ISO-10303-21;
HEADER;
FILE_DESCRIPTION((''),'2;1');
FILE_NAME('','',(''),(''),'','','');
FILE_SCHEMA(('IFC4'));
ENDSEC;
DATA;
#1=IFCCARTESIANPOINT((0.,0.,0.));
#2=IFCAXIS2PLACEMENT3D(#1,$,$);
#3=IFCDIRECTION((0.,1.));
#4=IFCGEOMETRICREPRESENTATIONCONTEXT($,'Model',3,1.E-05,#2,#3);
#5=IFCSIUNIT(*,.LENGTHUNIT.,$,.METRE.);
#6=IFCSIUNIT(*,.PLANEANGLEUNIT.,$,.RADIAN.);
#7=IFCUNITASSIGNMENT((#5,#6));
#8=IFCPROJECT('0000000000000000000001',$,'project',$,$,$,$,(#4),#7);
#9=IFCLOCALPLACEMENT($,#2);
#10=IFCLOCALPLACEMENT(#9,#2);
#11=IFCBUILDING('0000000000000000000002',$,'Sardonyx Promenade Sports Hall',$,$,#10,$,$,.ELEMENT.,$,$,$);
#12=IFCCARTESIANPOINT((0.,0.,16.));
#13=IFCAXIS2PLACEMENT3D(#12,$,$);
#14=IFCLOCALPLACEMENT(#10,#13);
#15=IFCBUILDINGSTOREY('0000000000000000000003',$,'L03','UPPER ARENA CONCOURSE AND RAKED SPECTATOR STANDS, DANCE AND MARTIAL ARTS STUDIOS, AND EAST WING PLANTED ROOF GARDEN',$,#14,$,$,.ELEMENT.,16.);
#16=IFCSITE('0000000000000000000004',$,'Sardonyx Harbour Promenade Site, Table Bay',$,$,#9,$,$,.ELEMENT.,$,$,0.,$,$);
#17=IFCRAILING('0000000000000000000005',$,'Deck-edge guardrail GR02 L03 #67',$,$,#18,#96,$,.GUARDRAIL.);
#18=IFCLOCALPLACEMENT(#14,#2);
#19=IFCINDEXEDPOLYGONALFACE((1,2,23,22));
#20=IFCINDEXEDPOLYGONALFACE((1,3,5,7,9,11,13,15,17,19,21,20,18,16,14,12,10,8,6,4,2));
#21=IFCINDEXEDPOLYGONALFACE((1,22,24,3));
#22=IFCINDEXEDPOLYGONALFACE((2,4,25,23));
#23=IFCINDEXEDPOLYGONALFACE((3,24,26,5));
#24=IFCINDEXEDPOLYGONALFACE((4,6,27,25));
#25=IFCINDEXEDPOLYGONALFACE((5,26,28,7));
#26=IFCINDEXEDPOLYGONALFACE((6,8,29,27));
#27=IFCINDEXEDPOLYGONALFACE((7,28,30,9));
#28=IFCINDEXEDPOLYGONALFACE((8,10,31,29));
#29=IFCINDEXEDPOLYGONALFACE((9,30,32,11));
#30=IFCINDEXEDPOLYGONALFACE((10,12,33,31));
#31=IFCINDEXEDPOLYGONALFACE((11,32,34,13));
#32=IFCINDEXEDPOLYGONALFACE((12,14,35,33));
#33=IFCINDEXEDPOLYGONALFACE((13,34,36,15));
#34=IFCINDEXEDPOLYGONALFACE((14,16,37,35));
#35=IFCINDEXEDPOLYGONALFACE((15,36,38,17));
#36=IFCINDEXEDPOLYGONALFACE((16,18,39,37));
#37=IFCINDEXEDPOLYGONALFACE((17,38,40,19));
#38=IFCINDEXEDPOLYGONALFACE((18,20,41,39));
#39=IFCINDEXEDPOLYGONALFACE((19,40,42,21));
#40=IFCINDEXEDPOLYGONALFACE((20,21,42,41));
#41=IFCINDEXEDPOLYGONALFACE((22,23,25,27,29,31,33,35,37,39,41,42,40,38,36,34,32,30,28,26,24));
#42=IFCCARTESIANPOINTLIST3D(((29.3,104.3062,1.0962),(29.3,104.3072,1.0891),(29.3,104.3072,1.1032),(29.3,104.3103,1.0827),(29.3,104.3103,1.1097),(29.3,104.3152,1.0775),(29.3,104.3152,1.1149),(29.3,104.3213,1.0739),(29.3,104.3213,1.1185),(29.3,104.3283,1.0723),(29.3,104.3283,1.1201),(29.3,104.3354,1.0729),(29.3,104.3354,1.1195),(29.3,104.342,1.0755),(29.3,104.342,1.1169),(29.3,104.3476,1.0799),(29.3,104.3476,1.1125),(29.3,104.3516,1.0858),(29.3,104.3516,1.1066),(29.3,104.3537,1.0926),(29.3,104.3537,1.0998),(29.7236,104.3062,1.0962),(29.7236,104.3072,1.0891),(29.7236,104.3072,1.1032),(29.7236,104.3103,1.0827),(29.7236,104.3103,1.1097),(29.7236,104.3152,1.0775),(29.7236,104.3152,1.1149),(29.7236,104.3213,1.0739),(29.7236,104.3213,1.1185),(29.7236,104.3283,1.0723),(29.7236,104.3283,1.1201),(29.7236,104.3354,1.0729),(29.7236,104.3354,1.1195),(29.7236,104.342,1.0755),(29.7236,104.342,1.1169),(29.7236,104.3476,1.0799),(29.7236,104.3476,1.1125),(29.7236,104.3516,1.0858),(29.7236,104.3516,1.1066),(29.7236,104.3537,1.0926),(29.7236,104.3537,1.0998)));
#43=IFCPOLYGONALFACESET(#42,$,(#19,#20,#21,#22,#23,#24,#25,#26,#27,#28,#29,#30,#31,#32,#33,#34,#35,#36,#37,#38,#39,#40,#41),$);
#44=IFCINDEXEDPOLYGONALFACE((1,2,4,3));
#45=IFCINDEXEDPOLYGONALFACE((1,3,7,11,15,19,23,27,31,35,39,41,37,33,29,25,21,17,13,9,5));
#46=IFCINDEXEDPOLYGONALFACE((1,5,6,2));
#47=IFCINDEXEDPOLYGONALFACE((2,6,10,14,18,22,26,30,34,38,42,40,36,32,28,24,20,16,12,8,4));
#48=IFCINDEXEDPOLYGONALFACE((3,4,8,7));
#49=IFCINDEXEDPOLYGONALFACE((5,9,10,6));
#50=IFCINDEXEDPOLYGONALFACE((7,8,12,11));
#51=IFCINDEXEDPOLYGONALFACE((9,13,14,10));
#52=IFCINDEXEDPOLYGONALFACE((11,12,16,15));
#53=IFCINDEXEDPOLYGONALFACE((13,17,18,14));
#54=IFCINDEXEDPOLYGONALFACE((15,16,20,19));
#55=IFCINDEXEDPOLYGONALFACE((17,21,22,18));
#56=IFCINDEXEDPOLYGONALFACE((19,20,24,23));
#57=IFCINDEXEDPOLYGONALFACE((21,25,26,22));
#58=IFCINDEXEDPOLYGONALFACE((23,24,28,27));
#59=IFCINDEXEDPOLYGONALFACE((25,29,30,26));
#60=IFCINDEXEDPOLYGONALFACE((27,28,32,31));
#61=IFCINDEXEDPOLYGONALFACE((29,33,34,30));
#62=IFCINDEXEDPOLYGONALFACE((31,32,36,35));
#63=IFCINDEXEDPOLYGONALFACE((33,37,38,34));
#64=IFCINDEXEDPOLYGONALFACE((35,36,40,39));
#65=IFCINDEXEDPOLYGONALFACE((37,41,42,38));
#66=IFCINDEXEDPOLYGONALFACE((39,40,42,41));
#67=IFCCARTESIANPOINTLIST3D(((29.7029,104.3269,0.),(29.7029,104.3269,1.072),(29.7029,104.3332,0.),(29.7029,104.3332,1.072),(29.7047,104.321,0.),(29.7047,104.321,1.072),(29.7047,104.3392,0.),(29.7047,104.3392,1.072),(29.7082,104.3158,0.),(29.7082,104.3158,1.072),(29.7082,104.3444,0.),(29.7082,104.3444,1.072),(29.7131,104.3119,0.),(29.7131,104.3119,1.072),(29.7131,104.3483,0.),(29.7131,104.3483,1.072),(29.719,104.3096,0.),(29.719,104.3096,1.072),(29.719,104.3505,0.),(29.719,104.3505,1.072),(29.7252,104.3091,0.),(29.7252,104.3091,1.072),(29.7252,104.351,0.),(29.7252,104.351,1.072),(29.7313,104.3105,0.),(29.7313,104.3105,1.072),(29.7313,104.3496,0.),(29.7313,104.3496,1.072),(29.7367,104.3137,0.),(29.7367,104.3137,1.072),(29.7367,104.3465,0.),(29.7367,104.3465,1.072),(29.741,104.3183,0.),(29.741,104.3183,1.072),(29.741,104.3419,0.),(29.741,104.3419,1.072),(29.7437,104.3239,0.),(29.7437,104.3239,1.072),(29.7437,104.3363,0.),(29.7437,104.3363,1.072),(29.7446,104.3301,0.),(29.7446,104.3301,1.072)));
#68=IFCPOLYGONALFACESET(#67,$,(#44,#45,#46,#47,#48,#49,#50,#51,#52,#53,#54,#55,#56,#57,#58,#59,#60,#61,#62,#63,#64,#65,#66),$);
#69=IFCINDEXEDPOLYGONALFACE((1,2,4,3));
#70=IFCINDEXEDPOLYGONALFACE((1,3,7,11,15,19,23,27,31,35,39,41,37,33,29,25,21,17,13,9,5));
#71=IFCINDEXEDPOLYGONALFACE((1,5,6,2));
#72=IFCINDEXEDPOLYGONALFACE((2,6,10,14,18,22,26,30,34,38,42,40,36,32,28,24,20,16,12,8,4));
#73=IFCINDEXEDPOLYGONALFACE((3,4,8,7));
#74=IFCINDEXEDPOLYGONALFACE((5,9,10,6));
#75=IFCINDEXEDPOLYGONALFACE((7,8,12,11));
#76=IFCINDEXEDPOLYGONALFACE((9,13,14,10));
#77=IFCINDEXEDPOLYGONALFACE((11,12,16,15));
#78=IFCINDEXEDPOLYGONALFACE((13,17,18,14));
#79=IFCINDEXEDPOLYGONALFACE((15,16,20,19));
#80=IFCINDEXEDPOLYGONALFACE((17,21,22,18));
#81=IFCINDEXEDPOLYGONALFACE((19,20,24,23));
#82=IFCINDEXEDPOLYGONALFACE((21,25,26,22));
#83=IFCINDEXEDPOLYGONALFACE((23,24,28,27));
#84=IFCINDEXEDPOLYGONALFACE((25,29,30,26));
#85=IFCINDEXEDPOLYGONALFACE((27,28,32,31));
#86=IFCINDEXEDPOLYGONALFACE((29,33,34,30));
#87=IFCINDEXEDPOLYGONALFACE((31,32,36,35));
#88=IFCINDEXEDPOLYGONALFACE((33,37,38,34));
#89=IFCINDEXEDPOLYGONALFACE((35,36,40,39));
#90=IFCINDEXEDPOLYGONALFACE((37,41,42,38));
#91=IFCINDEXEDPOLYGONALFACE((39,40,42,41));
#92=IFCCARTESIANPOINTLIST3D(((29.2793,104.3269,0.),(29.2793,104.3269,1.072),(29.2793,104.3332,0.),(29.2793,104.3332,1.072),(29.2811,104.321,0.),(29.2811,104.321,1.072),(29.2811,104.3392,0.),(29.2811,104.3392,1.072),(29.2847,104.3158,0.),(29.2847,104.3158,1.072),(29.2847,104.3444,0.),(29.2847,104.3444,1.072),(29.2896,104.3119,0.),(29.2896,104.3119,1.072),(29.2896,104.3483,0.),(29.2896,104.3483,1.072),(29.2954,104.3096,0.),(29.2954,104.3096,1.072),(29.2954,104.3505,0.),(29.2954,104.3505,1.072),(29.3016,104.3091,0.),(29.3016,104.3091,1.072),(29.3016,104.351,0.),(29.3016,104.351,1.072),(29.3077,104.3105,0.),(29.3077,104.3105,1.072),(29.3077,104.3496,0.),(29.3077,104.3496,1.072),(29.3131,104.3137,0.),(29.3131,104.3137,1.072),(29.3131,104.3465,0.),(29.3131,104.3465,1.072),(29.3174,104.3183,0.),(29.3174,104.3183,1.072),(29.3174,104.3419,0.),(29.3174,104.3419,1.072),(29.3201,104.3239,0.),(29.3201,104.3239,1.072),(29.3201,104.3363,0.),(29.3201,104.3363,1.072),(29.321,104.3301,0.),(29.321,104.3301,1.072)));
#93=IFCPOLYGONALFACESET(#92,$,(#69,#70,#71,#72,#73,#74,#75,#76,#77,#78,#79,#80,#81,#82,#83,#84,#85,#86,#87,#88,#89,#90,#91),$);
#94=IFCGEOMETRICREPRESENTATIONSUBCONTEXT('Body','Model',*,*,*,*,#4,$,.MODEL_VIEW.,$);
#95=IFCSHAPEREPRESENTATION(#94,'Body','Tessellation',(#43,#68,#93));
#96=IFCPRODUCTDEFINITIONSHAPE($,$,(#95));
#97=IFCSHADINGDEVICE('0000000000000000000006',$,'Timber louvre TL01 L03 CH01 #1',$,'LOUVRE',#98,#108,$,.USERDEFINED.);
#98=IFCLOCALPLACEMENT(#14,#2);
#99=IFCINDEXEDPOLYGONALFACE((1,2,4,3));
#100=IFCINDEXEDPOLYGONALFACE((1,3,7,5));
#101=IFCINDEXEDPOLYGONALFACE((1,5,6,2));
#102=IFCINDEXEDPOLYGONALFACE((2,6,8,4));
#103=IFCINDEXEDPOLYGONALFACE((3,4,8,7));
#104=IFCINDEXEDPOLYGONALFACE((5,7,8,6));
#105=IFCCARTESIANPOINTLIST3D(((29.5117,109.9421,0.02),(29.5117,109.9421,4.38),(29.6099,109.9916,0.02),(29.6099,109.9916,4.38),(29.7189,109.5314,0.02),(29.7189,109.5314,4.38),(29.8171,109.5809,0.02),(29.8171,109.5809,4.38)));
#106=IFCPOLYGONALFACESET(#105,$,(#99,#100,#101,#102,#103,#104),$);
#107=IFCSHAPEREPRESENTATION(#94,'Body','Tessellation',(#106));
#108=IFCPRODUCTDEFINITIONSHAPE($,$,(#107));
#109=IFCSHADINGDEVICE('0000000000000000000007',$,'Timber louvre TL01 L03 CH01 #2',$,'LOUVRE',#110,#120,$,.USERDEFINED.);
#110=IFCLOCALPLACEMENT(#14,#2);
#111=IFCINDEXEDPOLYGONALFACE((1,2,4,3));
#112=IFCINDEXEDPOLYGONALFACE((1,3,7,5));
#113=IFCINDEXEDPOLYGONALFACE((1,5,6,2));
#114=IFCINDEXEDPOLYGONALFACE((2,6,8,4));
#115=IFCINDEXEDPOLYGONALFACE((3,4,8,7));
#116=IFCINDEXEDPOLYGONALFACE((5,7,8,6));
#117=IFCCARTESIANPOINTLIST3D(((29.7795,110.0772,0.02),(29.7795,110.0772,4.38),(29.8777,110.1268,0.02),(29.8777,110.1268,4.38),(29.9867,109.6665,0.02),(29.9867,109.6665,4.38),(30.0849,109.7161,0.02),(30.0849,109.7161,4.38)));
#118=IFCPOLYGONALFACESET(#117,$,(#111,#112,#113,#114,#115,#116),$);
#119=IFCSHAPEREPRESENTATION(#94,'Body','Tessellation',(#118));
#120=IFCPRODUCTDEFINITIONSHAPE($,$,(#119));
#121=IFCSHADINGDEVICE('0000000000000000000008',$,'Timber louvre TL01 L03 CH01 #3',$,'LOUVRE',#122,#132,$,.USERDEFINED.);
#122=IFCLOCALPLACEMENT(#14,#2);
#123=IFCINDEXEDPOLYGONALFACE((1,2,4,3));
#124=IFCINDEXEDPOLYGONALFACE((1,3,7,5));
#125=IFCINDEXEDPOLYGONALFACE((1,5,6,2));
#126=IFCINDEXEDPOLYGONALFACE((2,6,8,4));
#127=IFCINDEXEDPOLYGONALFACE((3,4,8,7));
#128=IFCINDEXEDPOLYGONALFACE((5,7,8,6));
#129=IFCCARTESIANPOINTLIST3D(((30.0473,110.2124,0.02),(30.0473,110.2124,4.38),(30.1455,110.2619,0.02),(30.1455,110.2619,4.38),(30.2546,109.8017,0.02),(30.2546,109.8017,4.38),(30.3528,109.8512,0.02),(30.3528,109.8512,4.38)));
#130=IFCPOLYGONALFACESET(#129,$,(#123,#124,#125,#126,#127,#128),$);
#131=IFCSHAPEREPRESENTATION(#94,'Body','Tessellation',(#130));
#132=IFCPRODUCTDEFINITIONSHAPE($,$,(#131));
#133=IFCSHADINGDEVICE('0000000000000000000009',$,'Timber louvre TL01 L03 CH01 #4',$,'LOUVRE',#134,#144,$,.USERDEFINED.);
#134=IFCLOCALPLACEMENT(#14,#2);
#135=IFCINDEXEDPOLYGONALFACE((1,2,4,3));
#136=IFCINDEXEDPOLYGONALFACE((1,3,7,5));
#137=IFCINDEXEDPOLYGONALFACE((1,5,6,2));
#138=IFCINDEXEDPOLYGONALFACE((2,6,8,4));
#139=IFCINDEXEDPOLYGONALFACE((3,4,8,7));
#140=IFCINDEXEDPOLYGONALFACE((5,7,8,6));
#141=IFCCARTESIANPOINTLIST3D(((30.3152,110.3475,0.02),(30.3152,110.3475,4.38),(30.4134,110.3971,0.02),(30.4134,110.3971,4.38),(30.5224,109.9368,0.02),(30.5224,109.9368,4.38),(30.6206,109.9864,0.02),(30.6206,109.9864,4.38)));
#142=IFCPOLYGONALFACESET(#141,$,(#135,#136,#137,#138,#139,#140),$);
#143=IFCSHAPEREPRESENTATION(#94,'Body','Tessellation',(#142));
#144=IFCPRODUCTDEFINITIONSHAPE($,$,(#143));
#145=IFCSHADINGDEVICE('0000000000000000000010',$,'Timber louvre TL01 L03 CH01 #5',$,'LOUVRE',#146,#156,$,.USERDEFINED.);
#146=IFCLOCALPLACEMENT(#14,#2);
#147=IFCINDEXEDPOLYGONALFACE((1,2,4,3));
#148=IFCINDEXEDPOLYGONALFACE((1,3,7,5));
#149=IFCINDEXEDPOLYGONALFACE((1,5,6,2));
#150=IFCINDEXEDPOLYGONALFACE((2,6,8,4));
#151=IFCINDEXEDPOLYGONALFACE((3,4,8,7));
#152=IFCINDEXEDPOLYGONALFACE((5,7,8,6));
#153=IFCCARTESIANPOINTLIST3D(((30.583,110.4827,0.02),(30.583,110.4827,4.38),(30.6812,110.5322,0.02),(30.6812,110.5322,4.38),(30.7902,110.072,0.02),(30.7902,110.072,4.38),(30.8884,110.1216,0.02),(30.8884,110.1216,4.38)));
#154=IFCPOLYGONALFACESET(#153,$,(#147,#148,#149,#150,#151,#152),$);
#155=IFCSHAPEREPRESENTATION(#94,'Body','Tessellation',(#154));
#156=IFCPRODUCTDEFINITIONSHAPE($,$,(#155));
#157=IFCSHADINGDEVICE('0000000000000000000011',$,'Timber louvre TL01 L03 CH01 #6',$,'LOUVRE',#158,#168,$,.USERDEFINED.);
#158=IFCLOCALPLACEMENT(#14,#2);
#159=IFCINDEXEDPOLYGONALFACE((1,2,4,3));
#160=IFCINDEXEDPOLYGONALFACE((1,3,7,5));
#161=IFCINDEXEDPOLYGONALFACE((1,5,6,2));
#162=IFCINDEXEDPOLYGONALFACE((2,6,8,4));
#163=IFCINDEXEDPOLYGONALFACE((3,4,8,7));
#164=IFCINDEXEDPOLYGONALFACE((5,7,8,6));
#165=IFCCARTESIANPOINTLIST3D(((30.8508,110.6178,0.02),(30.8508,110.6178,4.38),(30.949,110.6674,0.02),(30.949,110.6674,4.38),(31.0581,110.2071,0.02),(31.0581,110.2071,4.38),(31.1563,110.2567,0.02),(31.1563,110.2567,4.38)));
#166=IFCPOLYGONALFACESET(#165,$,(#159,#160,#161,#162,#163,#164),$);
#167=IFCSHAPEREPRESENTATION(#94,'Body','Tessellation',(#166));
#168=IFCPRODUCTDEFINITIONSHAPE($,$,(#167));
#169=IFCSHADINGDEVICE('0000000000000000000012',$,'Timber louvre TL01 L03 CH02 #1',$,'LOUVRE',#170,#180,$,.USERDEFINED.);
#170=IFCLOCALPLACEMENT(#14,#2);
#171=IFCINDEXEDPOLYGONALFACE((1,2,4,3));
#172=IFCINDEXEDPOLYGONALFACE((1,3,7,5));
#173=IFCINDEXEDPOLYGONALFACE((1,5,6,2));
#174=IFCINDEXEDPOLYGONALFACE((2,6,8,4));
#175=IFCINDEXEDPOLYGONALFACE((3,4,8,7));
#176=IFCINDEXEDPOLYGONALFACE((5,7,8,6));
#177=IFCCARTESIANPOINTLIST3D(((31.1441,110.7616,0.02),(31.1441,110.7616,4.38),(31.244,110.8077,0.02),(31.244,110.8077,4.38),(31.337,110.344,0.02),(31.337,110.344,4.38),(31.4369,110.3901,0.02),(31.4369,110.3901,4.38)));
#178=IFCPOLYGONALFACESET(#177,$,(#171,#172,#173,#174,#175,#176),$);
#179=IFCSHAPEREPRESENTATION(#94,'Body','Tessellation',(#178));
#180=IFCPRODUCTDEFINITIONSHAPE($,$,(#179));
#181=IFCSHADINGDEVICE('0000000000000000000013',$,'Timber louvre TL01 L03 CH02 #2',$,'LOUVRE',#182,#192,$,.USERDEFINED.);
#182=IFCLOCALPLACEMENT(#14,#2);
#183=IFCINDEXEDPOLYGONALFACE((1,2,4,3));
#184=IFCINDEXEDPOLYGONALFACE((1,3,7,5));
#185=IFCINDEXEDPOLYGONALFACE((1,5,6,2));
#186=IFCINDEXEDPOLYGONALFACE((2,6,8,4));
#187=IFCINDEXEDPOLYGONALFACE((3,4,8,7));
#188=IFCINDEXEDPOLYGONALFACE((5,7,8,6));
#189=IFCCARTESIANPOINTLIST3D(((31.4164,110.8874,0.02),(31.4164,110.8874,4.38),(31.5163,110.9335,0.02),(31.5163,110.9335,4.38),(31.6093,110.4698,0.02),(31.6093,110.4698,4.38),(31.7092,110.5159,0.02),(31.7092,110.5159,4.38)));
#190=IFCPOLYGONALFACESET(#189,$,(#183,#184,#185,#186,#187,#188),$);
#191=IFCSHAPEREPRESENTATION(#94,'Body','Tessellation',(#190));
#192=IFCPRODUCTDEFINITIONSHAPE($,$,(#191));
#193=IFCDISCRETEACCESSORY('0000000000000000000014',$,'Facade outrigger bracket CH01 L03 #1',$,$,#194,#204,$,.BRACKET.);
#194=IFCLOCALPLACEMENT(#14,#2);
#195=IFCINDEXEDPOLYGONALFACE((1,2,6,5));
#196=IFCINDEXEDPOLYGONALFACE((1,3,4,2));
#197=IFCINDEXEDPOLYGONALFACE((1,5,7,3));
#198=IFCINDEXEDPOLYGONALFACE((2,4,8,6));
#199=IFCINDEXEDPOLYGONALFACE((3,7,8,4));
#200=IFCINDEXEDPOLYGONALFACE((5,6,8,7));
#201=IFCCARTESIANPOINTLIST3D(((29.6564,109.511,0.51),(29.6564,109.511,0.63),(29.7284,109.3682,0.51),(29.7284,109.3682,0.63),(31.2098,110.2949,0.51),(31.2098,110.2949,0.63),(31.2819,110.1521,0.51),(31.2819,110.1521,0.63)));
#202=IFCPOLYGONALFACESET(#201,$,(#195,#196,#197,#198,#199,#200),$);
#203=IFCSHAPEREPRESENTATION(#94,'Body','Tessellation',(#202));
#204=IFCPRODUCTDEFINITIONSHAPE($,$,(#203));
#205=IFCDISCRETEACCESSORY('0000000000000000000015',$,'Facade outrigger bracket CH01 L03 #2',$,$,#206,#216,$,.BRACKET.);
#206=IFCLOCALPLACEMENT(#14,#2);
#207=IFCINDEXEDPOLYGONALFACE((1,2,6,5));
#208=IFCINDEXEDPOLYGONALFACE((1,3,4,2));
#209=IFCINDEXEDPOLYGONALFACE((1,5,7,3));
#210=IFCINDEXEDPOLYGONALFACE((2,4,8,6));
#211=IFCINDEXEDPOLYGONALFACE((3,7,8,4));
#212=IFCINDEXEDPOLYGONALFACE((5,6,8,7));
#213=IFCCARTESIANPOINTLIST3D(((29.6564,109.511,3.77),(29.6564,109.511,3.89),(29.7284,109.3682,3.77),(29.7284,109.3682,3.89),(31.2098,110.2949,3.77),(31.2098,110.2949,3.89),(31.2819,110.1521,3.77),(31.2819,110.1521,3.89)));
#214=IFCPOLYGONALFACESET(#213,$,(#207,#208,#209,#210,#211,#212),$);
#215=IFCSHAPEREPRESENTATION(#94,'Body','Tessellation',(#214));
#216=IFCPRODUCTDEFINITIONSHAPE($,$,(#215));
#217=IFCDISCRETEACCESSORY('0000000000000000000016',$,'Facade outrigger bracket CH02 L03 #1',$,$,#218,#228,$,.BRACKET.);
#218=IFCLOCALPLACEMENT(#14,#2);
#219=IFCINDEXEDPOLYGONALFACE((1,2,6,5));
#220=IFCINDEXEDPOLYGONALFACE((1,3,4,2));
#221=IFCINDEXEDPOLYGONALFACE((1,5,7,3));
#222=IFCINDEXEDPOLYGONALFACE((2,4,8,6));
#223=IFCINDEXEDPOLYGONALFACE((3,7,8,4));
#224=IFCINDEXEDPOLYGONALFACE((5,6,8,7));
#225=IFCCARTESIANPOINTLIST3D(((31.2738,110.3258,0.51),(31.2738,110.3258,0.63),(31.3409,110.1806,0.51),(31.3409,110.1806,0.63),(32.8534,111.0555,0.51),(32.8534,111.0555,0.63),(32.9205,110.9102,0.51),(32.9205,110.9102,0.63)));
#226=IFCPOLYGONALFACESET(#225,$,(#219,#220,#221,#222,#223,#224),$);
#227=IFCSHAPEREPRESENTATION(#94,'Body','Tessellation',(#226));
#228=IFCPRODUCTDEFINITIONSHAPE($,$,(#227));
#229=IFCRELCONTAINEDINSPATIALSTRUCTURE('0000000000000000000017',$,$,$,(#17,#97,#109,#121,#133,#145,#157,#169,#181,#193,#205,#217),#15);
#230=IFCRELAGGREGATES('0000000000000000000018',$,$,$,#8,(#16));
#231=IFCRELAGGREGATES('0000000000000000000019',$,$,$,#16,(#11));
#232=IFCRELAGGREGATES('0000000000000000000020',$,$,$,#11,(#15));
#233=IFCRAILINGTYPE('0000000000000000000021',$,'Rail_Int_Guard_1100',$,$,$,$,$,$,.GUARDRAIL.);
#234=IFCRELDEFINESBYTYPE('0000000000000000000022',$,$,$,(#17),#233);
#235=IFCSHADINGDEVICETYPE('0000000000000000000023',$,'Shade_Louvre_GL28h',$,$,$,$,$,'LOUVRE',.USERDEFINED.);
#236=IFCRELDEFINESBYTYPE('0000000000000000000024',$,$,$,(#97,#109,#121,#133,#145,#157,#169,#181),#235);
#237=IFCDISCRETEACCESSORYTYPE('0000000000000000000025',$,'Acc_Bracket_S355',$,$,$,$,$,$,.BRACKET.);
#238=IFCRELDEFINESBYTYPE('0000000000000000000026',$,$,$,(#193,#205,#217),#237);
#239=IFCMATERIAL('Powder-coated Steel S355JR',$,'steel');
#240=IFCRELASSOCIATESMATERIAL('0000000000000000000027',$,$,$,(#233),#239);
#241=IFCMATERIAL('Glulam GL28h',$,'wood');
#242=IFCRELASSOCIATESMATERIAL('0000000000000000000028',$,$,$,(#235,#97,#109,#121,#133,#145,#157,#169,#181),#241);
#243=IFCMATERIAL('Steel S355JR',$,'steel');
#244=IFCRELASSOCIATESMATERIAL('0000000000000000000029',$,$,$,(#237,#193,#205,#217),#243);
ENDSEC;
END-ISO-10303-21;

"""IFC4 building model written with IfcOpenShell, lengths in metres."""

from ifc_helpers import new_model, si_unit, direction, frame, origin, origin_2d, place, context, subcontext, project, spatial, rectangle, circle, extrude, material, type_object, element, save


model = new_model("IFC4")

# Units and contexts
model_context = context("Model", 3, precision=1e-05, world=origin(), true_north=direction((0.0, 1.0)))
body_context = subcontext(model_context, "Body", "Model", "MODEL_VIEW")
ifc_project = project(units=[si_unit("LENGTHUNIT", "METRE"), si_unit("PLANEANGLEUNIT", "RADIAN")], contexts=[model_context])

# Site, building, storey
site_placement = place(None, origin())
site = spatial("IfcSite", under=ifc_project, at=site_placement, Name="Sardonyx Harbour Promenade Site, Table Bay", CompositionType="ELEMENT", RefElevation=0.0)
building_placement = place(site_placement, origin())
building = spatial("IfcBuilding", under=site, at=building_placement, Name="Sardonyx Promenade Sports Hall", CompositionType="ELEMENT")
storey_placement = place(building_placement, frame((0.0, 0.0, 16.0)))
storey = spatial("IfcBuildingStorey", under=building, at=storey_placement, Name="L03", Description="UPPER ARENA CONCOURSE AND RAKED SPECTATOR STANDS, DANCE AND MARTIAL ARTS STUDIOS, AND EAST WING PLANTED ROOF GARDEN", CompositionType="ELEMENT", Elevation=16.0)

# Railing
ifc_material_1 = material(Name="Powder-coated Steel S355JR", Category="steel")
railing_type = type_object("IfcRailingType", Name="Rail_Int_Guard_1100", PredefinedType="GUARDRAIL", material=ifc_material_1)
railing_placement = place(storey_placement, frame((29.7236, 104.3301, 0.0)))
element("IfcRailing", 1, at=railing_placement, inside=storey, type_object=railing_type, Name="Deck-edge guardrail GR02 L03 #67", PredefinedType="GUARDRAIL", context=body_context, shape_type="SweptSolid", body=[
    extrude(circle(Radius=0.0239, at=origin_2d()), frame((0.0, 0.0, 1.0962), z_axis=(-1.0, 0.0, 0.0), x_axis=(0.0, -1.0, 0.0)), (0.0, 0.0, 1.0), 0.4236),
    extrude(circle(Radius=0.021, at=origin_2d()), origin(), (0.0, 0.0, 1.0), 1.072),
    extrude(circle(Radius=0.021, at=origin_2d()), frame((-0.4236, 0.0, 0.0)), (0.0, 0.0, 1.0), 1.072),
])

# Shading devices
ifc_material_2 = material(Name="Glulam GL28h", Category="wood")
shading_device_type = type_object("IfcShadingDeviceType", Name="Shade_Louvre_GL28h", ElementType="LOUVRE", PredefinedType="USERDEFINED", material=ifc_material_2)
for number, where, z_axis, x_axis, name in (
    (2, (29.6644, 109.7615, 0.02), (0.0, 0.0, 1.0), (0.892774, 0.450505, 0.0), "Timber louvre TL01 L03 CH01 #1"),
    (3, (29.9322, 109.8967, 0.02), (0.0, 0.0, 1.0), (0.892774, 0.450505, 0.0), "Timber louvre TL01 L03 CH01 #2"),
    (4, (30.2001, 110.0318, 0.02), (0.0, 0.0, 1.0), (0.892774, 0.450505, 0.0), "Timber louvre TL01 L03 CH01 #3"),
    (5, (30.4679, 110.167, 0.02), (0.0, 0.0, 1.0), (0.892774, 0.450505, 0.0), "Timber louvre TL01 L03 CH01 #4"),
    (6, (30.7357, 110.3021, 0.02), (0.0, 0.0, 1.0), (0.892774, 0.450505, 0.0), "Timber louvre TL01 L03 CH01 #5"),
    (7, (31.0036, 110.4373, 0.02), (0.0, 0.0, 1.0), (0.892774, 0.450505, 0.0), "Timber louvre TL01 L03 CH01 #6"),
    (8, (31.2905, 110.5759, 0.02), (0.0, 0.0, 1.0), (0.907831, 0.419336, 0.0), "Timber louvre TL01 L03 CH02 #1"),
    (9, (31.5628, 110.7017, 0.02), (0.0, 0.0, 1.0), (0.907831, 0.419336, 0.0), "Timber louvre TL01 L03 CH02 #2"),
):
    element("IfcShadingDevice", number, at=place(storey_placement, frame(where, z_axis=z_axis, x_axis=x_axis)), inside=storey, type_object=shading_device_type, material=ifc_material_2, Name=name, ObjectType="LOUVRE", PredefinedType="USERDEFINED", context=body_context, shape_type="SweptSolid", body=[
        extrude(rectangle(XDim=0.11, YDim=0.46), origin(), (0.0, 0.0, 1.0), 4.36),
    ])

# Discrete accessories
ifc_material_3 = material(Name="Steel S355JR", Category="steel")
discrete_accessory_type = type_object("IfcDiscreteAccessoryType", Name="Acc_Bracket_S355", PredefinedType="BRACKET", material=ifc_material_3)
for number, where, z_axis, x_axis, name in (
    (10, (30.4691, 109.8316, 0.51), (0.0, 0.0, 1.0), (0.892774, 0.450505, 0.0), "Facade outrigger bracket CH01 L03 #1"),
    (11, (30.4691, 109.8316, 3.77), (0.0, 0.0, 1.0), (0.892774, 0.450505, 0.0), "Facade outrigger bracket CH01 L03 #2"),
    (12, (32.0971, 110.618, 0.51), (0.0, 0.0, 1.0), (0.907831, 0.419336, 0.0), "Facade outrigger bracket CH02 L03 #1"),
):
    element("IfcDiscreteAccessory", number, at=place(storey_placement, frame(where, z_axis=z_axis, x_axis=x_axis)), inside=storey, type_object=discrete_accessory_type, material=ifc_material_3, Name=name, PredefinedType="BRACKET", context=body_context, shape_type="SweptSolid", body=[
        extrude(rectangle(XDim=1.74, YDim=0.16), origin(), (0.0, 0.0, 1.0), 0.12),
    ])

save(model, "model.ifc")
